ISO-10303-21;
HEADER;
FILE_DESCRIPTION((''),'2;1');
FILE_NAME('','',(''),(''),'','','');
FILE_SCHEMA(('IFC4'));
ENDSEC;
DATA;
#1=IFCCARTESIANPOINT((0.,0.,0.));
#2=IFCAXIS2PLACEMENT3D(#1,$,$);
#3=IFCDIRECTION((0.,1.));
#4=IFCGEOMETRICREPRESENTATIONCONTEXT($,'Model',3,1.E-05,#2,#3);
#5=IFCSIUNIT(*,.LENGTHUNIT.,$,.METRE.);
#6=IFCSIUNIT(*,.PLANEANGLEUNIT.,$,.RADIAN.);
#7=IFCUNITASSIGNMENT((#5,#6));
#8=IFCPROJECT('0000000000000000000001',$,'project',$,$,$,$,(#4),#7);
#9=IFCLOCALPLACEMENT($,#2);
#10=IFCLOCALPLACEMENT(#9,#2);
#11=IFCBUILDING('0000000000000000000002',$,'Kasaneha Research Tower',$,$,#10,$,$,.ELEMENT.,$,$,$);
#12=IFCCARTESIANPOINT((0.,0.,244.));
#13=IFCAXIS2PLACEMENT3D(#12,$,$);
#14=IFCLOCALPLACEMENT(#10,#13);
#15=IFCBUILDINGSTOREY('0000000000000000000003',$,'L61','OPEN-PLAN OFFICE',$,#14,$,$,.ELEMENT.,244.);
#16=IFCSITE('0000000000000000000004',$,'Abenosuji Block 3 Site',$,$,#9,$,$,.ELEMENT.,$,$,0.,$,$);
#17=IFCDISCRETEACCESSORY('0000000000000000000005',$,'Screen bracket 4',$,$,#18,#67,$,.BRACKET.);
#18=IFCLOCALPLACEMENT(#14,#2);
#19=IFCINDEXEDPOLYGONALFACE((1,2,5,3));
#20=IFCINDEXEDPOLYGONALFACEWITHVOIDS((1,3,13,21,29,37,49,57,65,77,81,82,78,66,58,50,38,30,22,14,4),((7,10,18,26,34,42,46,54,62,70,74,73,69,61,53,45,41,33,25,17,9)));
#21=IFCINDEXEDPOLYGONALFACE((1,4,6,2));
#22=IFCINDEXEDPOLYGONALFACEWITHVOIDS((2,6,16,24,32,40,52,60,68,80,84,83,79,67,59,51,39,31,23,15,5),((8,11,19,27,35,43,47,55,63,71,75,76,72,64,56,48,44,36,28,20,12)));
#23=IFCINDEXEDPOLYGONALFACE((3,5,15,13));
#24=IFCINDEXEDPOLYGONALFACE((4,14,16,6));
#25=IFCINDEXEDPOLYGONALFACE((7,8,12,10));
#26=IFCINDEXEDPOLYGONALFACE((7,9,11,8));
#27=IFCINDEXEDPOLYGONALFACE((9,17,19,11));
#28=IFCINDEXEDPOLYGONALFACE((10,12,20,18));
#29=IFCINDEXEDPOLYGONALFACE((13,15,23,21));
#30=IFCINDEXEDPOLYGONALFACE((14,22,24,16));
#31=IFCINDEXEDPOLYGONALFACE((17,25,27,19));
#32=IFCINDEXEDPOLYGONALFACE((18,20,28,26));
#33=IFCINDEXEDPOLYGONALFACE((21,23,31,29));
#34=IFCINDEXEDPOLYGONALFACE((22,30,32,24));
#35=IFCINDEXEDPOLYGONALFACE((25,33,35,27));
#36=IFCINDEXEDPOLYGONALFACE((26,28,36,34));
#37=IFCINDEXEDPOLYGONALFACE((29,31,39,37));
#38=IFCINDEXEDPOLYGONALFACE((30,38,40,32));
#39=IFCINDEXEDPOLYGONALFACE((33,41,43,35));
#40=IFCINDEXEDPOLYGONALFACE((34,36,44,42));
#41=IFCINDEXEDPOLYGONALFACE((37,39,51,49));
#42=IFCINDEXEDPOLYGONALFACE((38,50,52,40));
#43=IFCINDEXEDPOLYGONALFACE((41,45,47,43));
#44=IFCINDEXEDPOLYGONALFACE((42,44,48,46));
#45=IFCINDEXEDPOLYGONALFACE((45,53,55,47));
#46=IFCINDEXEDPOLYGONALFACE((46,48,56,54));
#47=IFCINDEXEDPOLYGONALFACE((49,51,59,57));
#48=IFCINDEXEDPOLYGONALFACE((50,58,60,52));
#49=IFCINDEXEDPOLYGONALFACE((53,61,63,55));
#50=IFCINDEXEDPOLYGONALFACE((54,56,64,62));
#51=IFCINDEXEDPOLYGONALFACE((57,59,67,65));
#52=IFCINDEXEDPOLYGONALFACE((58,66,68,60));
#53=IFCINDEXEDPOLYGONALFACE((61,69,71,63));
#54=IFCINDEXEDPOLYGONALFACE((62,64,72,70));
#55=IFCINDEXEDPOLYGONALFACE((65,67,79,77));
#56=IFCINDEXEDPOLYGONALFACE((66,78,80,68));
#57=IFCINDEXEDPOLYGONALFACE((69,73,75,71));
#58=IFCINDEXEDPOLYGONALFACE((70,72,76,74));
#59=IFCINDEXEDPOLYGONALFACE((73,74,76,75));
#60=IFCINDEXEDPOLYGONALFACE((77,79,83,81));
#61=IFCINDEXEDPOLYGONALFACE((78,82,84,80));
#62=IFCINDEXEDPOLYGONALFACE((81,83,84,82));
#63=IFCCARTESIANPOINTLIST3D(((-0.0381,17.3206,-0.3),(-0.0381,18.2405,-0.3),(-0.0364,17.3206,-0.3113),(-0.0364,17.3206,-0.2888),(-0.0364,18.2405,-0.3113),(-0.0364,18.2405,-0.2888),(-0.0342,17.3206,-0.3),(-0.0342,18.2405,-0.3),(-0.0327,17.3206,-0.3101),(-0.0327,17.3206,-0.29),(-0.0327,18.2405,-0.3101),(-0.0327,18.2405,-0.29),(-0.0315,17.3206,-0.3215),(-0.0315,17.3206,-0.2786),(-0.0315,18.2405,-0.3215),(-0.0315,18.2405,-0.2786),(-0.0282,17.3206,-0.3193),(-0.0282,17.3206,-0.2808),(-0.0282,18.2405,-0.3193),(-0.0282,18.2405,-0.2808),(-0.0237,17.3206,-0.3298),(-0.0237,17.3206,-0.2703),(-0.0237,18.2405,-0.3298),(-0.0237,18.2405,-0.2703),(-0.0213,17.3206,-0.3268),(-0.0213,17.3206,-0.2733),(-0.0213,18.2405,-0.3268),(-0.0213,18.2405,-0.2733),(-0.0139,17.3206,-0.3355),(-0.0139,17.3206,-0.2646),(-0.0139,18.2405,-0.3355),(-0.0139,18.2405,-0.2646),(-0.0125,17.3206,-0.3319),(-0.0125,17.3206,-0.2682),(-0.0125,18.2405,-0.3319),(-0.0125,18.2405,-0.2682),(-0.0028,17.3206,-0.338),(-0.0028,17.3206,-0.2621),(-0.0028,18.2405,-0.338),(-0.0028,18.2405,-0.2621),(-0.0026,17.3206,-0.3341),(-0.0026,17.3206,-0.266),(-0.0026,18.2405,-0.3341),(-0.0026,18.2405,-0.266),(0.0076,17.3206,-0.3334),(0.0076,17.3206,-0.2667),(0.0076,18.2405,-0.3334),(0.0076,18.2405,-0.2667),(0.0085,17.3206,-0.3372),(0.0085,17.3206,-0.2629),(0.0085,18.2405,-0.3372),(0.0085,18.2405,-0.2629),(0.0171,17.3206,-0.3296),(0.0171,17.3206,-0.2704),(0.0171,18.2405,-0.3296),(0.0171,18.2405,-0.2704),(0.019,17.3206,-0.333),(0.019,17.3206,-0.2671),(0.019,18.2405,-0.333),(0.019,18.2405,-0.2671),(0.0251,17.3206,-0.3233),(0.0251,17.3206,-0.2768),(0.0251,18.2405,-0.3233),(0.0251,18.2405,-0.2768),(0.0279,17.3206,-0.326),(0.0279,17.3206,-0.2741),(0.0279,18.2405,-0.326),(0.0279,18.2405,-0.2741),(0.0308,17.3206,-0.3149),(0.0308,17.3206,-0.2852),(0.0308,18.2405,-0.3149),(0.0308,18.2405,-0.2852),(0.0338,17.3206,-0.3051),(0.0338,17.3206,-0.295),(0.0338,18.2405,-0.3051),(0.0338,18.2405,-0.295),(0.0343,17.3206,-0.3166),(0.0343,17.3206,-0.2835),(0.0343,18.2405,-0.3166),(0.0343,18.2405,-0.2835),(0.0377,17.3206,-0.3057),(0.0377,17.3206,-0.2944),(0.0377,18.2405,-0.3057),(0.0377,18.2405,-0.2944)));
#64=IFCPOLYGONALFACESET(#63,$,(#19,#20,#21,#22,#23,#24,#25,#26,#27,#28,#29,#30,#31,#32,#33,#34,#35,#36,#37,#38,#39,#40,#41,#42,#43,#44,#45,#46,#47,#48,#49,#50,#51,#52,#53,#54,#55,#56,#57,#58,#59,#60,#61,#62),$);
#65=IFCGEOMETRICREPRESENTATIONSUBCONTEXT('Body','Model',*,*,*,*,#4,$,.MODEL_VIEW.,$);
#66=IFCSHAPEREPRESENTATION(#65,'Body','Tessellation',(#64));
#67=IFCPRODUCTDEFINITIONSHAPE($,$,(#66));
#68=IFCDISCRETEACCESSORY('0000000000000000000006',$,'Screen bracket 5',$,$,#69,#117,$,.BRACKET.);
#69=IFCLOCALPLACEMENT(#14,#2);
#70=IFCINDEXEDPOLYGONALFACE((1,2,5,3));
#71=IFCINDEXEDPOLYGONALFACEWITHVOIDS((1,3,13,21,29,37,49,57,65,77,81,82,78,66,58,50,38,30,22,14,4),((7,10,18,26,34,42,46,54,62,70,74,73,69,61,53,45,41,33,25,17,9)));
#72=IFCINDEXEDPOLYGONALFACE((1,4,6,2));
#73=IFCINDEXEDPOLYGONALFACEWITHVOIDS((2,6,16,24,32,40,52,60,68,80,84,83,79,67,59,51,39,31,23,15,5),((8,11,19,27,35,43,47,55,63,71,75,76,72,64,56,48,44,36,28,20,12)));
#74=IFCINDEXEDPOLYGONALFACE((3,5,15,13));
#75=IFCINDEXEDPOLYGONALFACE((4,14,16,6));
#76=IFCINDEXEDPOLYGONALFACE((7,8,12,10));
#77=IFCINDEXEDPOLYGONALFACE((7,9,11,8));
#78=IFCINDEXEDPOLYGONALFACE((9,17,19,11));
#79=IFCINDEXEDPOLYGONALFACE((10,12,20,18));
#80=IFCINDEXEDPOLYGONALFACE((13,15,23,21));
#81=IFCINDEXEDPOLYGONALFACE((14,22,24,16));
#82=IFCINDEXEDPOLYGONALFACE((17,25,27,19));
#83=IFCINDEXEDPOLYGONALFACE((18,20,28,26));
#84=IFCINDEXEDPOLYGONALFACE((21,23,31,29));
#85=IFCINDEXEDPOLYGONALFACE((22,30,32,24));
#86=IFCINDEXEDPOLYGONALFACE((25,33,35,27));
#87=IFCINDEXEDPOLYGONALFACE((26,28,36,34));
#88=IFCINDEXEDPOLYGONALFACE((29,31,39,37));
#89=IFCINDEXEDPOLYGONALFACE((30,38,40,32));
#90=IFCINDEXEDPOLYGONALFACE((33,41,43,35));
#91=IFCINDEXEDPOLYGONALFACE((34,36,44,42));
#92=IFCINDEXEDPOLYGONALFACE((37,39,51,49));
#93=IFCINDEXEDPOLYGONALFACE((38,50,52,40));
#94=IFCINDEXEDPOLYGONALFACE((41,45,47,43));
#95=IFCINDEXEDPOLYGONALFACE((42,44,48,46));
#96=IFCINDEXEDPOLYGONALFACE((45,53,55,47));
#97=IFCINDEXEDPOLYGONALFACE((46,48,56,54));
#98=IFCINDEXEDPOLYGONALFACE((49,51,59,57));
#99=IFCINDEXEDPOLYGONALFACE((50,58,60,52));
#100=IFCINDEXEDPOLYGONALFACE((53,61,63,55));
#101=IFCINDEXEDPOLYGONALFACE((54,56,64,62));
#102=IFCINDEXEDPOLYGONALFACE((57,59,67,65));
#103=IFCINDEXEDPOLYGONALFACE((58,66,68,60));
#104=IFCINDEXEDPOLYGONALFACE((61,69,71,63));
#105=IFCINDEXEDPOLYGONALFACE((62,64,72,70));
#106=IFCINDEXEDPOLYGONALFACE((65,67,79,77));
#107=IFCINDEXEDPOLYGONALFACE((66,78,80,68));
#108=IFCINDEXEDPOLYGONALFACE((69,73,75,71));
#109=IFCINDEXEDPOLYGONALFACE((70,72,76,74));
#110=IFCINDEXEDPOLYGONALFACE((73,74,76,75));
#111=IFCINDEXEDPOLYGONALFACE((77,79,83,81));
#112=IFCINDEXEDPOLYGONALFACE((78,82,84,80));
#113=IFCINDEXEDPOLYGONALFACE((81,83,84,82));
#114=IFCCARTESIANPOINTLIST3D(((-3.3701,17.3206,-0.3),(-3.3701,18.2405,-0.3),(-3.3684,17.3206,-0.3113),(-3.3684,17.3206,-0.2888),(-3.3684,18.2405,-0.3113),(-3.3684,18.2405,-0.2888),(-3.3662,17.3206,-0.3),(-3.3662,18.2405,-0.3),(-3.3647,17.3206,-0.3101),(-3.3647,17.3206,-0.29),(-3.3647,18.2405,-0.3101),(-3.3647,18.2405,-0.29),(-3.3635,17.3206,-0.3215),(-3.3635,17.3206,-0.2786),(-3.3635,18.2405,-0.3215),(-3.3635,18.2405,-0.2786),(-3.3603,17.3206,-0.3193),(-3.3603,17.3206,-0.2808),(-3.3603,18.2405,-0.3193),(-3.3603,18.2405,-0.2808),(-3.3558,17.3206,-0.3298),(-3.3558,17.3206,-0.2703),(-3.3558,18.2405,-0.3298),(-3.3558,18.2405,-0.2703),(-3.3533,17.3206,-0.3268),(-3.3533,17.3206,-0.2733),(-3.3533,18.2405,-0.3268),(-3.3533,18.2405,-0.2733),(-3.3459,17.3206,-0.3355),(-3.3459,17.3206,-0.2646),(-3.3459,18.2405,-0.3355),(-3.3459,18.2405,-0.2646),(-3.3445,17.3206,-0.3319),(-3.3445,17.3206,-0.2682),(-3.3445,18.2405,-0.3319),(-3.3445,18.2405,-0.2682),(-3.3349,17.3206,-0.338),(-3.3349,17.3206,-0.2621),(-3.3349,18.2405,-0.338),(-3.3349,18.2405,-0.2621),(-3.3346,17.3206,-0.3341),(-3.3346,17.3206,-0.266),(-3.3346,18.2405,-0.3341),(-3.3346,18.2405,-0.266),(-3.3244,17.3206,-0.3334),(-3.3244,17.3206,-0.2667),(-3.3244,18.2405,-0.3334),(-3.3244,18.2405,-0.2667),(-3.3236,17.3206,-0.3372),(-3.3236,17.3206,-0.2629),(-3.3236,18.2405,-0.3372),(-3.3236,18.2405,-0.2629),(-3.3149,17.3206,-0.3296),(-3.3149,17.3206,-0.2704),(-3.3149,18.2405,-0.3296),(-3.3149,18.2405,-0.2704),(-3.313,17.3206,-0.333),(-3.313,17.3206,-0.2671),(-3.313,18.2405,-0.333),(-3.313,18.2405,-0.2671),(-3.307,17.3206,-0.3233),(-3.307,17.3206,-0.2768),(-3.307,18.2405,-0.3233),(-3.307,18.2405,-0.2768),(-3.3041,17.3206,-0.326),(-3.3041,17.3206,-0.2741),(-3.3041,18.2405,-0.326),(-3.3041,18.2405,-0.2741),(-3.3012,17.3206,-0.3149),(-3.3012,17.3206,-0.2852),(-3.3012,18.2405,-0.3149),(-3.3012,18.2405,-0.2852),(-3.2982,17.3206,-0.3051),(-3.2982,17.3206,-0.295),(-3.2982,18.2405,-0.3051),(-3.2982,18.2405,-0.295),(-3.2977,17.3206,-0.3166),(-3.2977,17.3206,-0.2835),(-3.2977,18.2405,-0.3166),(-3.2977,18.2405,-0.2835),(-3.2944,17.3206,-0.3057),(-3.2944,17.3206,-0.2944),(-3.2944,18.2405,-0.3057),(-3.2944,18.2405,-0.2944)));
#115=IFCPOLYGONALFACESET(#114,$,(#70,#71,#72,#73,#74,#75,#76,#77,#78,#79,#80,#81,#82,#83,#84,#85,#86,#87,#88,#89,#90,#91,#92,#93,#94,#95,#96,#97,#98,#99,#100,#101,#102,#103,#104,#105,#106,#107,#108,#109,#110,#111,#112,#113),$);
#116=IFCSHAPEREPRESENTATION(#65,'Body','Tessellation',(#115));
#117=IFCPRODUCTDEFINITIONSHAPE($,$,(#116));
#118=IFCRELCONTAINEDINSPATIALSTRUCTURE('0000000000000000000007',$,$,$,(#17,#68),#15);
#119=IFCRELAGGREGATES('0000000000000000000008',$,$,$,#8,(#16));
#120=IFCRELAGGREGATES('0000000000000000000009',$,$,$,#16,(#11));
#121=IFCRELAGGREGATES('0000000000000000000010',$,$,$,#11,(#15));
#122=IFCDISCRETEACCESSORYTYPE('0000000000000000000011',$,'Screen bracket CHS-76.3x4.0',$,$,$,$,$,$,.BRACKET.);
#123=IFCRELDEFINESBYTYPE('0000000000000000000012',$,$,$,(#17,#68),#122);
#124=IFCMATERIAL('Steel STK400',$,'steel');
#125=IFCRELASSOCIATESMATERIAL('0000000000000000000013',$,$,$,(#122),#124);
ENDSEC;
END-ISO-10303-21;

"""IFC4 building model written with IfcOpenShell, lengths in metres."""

from ifc_helpers import new_model, si_unit, direction, frame, origin, origin_2d, place, context, subcontext, project, spatial, hollow_circle, extrude, material, material_profile, profile_set, type_object, element, save


model = new_model("IFC4")

# Units and contexts
model_context = context("Model", 3, precision=1e-05, world=origin(), true_north=direction((0.0, 1.0)))
body_context = subcontext(model_context, "Body", "Model", "MODEL_VIEW")
ifc_project = project(units=[si_unit("LENGTHUNIT", "METRE"), si_unit("PLANEANGLEUNIT", "RADIAN")], contexts=[model_context])

# Site, building, storey
site_placement = place(None, origin())
site = spatial("IfcSite", under=ifc_project, at=site_placement, Name="Abenosuji Block 3 Site", CompositionType="ELEMENT", RefElevation=0.0)
building_placement = place(site_placement, origin())
building = spatial("IfcBuilding", under=site, at=building_placement, Name="Kasaneha Research Tower", CompositionType="ELEMENT")
storey_placement = place(building_placement, frame((0.0, 0.0, 244.0)))
storey = spatial("IfcBuildingStorey", under=building, at=storey_placement, Name="L61", Description="OPEN-PLAN OFFICE", CompositionType="ELEMENT", Elevation=244.0)

# Discrete accessories
ifc_material_1 = material(Name="Steel STK400", Category="steel")
ifc_material_profile_1 = material_profile(ifc_material_1, hollow_circle(Radius=0.0381, WallThickness=0.0039, at=origin_2d()), Name="CHS-76.3x4.0")
ifc_profile_set_1 = profile_set([ifc_material_profile_1], Name="Steel STK400")
discrete_accessory_type = type_object("IfcDiscreteAccessoryType", Name="Screen bracket CHS-76.3x4.0", PredefinedType="BRACKET", material=ifc_profile_set_1)
for number, where, z_axis, x_axis, name in (
    (1, (0.0, 17.3206, -0.3), (0.0, 1.0, 0.0), (-1.0, 0.0, 0.0), "Screen bracket 4"),
    (2, (-3.332, 17.3206, -0.3), (0.0, 1.0, 0.0), (-1.0, 0.0, 0.0), "Screen bracket 5"),
):
    element("IfcDiscreteAccessory", number, at=place(storey_placement, frame(where, z_axis=z_axis, x_axis=x_axis)), inside=storey, type_object=discrete_accessory_type, Name=name, PredefinedType="BRACKET", context=body_context, shape_type="SweptSolid", body=[
        extrude(hollow_circle(Radius=0.0381, WallThickness=0.0039, at=origin_2d()), origin(), (0.0, 0.0, 1.0), 0.9199),
    ])

save(model, "model.ifc")
